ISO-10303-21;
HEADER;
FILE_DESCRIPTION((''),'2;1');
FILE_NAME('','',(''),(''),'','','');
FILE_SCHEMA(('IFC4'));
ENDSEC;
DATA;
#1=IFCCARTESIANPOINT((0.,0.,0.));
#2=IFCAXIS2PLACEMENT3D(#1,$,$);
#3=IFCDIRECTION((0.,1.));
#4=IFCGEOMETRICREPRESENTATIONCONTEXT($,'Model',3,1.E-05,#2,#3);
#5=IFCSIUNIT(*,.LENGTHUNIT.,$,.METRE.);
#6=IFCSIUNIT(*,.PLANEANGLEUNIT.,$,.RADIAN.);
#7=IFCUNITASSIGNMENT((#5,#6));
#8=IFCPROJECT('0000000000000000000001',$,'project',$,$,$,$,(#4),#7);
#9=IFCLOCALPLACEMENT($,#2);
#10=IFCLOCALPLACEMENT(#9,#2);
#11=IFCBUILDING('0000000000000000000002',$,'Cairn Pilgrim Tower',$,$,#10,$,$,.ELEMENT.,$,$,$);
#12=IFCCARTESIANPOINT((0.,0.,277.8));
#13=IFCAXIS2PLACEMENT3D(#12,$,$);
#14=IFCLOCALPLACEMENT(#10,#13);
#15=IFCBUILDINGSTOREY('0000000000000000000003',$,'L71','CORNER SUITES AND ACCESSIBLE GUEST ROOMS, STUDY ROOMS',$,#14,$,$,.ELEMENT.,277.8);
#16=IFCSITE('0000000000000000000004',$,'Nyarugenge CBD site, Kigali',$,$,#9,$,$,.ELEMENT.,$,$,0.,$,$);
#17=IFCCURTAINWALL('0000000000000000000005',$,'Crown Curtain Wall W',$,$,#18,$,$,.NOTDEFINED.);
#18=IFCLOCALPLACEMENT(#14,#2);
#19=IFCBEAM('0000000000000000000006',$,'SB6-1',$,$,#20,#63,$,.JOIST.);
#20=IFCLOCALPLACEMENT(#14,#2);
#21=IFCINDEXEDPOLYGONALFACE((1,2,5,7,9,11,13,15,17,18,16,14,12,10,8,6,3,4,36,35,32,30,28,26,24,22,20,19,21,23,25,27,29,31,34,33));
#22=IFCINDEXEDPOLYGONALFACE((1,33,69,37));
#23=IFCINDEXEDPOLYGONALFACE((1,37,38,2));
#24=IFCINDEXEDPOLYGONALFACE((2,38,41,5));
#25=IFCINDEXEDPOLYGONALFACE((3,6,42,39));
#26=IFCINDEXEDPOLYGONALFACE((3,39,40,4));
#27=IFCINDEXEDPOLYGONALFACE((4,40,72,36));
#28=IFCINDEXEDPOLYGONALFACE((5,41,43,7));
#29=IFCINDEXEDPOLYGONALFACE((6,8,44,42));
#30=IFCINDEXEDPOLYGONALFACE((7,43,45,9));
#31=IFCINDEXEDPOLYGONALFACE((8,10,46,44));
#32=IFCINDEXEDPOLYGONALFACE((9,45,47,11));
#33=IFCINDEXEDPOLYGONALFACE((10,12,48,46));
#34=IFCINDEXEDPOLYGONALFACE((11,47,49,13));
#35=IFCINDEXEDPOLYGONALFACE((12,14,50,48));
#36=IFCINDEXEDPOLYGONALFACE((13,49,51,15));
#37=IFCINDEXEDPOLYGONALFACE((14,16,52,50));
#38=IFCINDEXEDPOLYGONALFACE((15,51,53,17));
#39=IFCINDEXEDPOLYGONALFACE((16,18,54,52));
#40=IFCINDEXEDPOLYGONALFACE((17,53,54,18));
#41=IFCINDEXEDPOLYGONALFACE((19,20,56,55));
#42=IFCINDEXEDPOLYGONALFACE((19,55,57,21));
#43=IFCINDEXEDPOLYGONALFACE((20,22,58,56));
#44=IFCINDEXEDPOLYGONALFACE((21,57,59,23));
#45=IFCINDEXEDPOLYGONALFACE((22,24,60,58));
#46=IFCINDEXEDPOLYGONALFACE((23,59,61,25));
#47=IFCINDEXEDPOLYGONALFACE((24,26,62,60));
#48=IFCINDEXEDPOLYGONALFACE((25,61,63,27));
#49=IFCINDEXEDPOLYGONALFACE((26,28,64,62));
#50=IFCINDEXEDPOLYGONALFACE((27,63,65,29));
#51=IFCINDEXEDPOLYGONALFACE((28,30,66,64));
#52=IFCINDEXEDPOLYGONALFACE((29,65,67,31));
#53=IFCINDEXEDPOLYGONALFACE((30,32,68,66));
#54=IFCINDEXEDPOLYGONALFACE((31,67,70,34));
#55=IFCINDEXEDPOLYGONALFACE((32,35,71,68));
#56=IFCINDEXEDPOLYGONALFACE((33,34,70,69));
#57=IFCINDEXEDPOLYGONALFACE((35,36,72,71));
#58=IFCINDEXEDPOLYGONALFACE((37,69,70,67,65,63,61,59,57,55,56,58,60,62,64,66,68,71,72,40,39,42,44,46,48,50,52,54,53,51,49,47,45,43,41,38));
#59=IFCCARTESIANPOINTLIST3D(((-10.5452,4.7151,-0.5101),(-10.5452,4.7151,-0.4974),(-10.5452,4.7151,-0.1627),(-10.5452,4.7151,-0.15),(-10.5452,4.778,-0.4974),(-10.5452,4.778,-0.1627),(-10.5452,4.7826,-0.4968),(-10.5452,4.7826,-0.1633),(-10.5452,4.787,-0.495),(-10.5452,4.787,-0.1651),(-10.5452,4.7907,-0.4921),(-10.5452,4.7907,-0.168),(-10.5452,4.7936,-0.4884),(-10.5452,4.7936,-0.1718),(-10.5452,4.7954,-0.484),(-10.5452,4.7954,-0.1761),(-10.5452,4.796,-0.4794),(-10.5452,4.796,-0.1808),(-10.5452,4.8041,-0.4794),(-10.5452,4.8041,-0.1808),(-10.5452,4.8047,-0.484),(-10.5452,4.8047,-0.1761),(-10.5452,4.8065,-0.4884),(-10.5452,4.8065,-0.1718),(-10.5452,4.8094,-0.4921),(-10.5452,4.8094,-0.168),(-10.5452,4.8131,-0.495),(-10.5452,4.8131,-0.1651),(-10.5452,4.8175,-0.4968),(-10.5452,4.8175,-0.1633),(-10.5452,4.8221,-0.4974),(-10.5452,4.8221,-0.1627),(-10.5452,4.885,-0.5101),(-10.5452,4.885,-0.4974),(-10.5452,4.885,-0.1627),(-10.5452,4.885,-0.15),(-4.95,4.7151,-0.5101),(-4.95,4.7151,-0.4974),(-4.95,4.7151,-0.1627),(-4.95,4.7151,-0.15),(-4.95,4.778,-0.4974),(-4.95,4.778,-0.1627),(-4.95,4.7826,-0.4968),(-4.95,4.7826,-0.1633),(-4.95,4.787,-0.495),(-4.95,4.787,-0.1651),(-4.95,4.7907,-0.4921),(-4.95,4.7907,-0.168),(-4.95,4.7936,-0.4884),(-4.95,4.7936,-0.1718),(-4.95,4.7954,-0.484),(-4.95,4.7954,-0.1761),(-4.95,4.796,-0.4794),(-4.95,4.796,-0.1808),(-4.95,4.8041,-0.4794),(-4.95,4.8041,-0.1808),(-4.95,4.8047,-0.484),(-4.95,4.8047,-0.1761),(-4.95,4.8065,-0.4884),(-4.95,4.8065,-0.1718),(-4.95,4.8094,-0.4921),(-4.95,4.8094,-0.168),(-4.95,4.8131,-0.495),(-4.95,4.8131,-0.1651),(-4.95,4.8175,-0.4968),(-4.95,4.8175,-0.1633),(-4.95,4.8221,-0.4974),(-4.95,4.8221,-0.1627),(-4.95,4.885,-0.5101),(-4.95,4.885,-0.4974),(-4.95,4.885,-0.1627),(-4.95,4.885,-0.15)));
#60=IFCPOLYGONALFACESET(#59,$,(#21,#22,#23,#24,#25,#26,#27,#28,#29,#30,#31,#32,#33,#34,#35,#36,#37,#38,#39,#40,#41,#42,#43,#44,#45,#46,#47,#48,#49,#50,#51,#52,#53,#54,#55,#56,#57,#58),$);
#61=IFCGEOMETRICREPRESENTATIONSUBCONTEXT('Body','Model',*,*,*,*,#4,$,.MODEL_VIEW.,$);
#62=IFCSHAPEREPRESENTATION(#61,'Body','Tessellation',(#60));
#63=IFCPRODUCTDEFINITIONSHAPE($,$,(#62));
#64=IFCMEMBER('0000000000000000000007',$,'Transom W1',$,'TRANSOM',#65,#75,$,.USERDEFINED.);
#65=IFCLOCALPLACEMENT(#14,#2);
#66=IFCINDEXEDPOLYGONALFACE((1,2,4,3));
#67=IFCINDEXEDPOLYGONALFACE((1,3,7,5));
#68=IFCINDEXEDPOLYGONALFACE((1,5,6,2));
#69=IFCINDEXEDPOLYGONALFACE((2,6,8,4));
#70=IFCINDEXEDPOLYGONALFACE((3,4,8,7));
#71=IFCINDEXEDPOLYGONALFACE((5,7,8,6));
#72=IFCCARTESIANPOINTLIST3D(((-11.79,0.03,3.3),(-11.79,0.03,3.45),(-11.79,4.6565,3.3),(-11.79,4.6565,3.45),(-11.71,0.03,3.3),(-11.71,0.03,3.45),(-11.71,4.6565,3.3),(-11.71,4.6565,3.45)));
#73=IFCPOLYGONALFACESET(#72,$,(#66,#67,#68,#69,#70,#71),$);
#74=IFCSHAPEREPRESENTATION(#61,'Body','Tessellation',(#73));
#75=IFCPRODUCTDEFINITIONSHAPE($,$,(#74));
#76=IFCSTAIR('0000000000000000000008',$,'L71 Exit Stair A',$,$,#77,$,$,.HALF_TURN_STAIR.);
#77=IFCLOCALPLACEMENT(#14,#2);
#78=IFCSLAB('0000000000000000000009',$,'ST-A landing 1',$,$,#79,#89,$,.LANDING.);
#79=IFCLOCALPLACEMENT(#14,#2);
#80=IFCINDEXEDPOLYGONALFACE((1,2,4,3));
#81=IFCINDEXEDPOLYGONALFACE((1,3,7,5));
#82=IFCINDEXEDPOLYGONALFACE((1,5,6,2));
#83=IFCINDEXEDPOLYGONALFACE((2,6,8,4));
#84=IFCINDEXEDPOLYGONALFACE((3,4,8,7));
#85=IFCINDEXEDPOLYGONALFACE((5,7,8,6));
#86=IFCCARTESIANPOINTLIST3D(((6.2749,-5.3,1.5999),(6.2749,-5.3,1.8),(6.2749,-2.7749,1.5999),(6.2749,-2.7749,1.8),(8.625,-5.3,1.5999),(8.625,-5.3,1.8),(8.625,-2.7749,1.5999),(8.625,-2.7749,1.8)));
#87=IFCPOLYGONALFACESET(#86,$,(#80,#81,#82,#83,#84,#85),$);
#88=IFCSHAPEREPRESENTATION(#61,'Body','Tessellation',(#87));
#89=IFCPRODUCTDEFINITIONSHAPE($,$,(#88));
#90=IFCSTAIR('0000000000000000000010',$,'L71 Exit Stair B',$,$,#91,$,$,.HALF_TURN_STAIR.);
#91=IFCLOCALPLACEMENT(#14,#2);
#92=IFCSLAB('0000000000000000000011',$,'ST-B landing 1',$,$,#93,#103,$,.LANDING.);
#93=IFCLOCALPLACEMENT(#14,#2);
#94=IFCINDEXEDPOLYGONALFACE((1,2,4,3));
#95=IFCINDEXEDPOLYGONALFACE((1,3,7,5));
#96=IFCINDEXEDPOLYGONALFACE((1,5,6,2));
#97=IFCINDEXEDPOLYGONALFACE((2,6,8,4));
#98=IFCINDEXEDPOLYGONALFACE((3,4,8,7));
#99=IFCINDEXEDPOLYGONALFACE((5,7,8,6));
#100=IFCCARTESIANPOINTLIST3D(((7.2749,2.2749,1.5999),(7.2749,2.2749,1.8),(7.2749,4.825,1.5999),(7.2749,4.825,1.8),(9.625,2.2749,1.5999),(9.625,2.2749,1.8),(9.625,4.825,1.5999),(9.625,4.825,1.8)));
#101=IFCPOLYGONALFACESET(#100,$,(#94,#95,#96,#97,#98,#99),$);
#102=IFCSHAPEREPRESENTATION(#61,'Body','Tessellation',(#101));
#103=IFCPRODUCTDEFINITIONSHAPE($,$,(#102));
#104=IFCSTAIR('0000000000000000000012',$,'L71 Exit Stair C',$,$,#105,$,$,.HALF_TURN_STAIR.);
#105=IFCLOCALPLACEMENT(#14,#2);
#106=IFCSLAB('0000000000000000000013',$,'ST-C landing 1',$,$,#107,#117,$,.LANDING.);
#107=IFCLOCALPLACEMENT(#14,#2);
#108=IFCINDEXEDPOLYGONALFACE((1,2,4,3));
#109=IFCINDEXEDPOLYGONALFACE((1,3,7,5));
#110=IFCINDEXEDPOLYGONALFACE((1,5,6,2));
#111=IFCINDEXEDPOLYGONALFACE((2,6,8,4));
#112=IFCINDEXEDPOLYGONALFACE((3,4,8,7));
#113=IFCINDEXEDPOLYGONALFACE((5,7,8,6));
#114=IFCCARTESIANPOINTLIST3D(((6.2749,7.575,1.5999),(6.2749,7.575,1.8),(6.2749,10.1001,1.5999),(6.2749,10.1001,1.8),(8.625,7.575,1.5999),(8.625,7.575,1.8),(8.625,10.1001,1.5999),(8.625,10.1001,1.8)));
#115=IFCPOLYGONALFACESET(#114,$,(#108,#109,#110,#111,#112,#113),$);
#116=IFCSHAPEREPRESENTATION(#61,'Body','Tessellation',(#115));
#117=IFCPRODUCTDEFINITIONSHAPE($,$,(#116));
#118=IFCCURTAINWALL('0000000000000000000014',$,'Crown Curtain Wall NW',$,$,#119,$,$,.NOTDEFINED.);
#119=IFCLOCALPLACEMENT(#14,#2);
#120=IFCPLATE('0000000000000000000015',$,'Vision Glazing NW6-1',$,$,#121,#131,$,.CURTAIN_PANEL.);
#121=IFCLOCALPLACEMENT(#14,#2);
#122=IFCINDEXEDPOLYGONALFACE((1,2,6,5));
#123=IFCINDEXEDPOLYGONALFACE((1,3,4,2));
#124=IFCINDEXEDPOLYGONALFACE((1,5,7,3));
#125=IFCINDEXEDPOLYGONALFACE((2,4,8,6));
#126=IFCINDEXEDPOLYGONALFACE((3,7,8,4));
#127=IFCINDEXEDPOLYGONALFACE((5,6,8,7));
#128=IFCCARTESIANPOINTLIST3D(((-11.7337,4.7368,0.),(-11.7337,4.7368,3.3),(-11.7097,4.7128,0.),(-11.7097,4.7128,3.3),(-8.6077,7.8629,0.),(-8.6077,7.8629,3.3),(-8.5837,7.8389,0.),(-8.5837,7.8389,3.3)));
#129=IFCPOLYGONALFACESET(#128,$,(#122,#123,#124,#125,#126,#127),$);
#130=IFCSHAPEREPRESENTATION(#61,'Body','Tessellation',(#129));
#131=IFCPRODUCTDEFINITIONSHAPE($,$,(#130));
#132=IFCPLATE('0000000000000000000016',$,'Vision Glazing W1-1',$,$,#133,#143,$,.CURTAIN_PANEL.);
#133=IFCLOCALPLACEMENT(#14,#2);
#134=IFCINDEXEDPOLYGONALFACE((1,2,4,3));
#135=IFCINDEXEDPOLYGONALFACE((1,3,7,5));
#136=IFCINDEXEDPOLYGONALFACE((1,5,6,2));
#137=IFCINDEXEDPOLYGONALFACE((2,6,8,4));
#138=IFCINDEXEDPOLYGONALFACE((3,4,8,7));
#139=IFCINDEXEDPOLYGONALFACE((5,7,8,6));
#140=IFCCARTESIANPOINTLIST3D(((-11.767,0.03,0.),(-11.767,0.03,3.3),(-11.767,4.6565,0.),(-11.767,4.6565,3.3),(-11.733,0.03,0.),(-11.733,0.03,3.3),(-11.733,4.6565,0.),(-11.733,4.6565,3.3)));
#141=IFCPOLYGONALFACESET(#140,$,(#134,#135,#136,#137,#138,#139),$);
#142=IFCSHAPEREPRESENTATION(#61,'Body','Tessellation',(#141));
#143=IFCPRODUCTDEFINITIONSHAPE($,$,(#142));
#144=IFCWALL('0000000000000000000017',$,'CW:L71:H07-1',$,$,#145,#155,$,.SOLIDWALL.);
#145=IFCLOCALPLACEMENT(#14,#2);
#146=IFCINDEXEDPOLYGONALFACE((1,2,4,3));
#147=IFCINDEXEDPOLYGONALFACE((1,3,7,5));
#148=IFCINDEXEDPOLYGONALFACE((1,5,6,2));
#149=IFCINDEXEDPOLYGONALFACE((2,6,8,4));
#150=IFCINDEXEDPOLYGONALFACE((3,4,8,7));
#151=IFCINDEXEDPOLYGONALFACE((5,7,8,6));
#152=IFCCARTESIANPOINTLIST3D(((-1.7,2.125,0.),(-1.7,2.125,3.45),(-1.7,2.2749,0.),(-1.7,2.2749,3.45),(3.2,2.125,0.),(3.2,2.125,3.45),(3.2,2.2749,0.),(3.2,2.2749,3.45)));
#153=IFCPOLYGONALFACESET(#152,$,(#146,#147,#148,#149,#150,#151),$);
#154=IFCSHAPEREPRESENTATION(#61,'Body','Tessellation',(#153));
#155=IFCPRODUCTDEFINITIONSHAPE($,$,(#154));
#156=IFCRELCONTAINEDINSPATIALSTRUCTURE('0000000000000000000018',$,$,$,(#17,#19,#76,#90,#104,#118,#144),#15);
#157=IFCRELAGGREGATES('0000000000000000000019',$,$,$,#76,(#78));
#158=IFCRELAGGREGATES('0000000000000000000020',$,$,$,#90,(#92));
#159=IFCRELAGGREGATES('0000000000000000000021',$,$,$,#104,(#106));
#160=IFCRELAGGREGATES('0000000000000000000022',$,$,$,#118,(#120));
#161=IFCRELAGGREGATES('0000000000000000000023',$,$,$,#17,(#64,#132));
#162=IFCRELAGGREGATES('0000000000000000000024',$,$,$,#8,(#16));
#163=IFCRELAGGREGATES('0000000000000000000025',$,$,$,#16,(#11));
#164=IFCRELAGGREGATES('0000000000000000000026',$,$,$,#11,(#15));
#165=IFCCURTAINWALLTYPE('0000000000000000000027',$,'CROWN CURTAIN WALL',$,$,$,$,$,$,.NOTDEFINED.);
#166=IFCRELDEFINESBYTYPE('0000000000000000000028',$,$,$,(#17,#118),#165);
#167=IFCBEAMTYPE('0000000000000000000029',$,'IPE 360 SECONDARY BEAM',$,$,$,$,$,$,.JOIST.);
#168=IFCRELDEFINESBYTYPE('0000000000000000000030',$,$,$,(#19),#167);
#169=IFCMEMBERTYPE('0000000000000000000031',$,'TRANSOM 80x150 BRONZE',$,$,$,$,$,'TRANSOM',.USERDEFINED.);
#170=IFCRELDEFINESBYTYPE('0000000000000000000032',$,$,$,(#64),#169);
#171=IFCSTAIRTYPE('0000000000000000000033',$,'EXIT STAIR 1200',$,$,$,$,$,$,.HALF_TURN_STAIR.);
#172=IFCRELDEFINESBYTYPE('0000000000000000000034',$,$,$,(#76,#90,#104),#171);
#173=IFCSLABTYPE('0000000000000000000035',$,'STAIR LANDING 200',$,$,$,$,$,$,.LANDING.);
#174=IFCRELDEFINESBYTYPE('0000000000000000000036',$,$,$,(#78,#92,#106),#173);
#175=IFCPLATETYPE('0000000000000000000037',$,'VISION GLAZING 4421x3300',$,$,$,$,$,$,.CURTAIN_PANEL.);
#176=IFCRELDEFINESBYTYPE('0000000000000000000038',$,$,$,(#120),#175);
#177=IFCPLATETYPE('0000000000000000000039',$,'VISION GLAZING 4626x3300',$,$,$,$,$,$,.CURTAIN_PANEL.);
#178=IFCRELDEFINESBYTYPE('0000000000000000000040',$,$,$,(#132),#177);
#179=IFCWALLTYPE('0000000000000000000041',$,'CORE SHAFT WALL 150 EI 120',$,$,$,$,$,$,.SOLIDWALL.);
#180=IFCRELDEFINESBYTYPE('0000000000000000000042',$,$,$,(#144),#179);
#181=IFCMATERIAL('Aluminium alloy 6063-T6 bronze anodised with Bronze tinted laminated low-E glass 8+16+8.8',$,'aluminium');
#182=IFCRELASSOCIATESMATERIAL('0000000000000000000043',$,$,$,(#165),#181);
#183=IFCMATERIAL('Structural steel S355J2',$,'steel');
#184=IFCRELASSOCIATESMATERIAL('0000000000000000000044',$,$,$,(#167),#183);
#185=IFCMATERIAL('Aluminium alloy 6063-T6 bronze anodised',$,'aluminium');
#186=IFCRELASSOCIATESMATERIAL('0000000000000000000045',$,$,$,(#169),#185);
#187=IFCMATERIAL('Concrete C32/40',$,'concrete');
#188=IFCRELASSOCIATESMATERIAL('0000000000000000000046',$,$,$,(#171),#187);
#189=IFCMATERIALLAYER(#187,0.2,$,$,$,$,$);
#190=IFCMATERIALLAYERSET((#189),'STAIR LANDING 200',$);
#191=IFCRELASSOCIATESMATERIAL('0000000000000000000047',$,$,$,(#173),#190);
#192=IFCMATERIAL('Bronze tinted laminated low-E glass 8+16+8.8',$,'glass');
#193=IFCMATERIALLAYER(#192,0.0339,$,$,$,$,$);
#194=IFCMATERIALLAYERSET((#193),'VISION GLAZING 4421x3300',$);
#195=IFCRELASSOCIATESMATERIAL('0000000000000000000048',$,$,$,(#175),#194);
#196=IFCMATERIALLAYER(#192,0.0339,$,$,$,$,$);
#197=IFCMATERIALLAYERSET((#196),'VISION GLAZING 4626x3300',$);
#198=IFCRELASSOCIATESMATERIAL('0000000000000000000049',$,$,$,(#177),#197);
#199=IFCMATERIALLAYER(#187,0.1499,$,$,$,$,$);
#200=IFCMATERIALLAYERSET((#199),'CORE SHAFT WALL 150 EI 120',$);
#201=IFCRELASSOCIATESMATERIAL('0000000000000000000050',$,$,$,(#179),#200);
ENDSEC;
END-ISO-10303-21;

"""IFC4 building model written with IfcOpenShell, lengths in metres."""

from ifc_helpers import new_model, si_unit, direction, frame, frame_2d, origin, origin_2d, place, context, subcontext, project, spatial, polyline, rectangle, i_section, outline, extrude, material, layer, layer_set, material_profile, profile_set, type_object, element, aggregate, save


model = new_model("IFC4")

# Units and contexts
model_context = context("Model", 3, precision=1e-05, world=origin(), true_north=direction((0.0, 1.0)))
body_context = subcontext(model_context, "Body", "Model", "MODEL_VIEW")
ifc_project = project(units=[si_unit("LENGTHUNIT", "METRE"), si_unit("PLANEANGLEUNIT", "RADIAN")], contexts=[model_context])

# Site, building, storey
site_placement = place(None, origin())
site = spatial("IfcSite", under=ifc_project, at=site_placement, Name="Nyarugenge CBD site, Kigali", CompositionType="ELEMENT", RefElevation=0.0)
building_placement = place(site_placement, origin())
building = spatial("IfcBuilding", under=site, at=building_placement, Name="Cairn Pilgrim Tower", CompositionType="ELEMENT")
storey_placement = place(building_placement, frame((0.0, 0.0, 277.8)))
storey = spatial("IfcBuildingStorey", under=building, at=storey_placement, Name="L71", Description="CORNER SUITES AND ACCESSIBLE GUEST ROOMS, STUDY ROOMS", CompositionType="ELEMENT", Elevation=277.8)

# Shared definitions
ifc_material_1 = material(Name="Structural steel S355J2", Category="steel")

# Curtain wall
ifc_material_2 = material(Name="Aluminium alloy 6063-T6 bronze anodised with Bronze tinted laminated low-E glass 8+16+8.8", Category="aluminium")
curtain_wall_type = type_object("IfcCurtainWallType", Name="CROWN CURTAIN WALL", PredefinedType="NOTDEFINED", material=ifc_material_2)
curtain_wall_1_placement = place(storey_placement, origin())
curtain_wall_1 = element("IfcCurtainWall", 1, at=curtain_wall_1_placement, inside=storey, type_object=curtain_wall_type, Name="Crown Curtain Wall W", PredefinedType="NOTDEFINED")
ifc_material_3 = material(Name="Aluminium alloy 6063-T6 bronze anodised", Category="aluminium")

# Beam
ifc_material_profile_1 = material_profile(ifc_material_1, i_section(OverallWidth=0.1699, OverallDepth=0.3601, WebThickness=0.0081, FlangeThickness=0.0127, FilletRadius=0.0181, at=origin_2d()), Name="IPE 360")
ifc_profile_set_1 = profile_set([ifc_material_profile_1], Name="Structural steel S355J2")
beam_type_1 = type_object("IfcBeamType", Name="IPE 360 SECONDARY BEAM", PredefinedType="JOIST", material=ifc_profile_set_1)
beam_1_placement = place(storey_placement, frame((-10.5452, 4.8, -0.3301), z_axis=(1.0, 0.0, 0.0), x_axis=(0.0, 1.0, 0.0)))
element("IfcBeam", 2, at=beam_1_placement, inside=storey, type_object=beam_type_1, Name="SB6-1", PredefinedType="JOIST", context=body_context, shape_type="SweptSolid", body=[
    extrude(i_section(OverallWidth=0.1699, OverallDepth=0.3601, WebThickness=0.0081, FlangeThickness=0.0127, FilletRadius=0.0181, at=origin_2d()), origin(), (0.0, 0.0, 1.0), 5.5952),
])

# Member
ifc_material_profile_2 = material_profile(ifc_material_3, rectangle(XDim=0.0801, YDim=0.1499, at=origin_2d()), Name="TRANSOM 80x150 BRONZE")
ifc_profile_set_2 = profile_set([ifc_material_profile_2], Name="Aluminium alloy 6063-T6 bronze anodised")
member_type_1 = type_object("IfcMemberType", Name="TRANSOM 80x150 BRONZE", ElementType="TRANSOM", PredefinedType="USERDEFINED", material=ifc_profile_set_2)
member_1_placement = place(storey_placement, frame((-11.75, 4.6565, 3.375), z_axis=(0.0, -1.0, 0.0), x_axis=(1.0, 0.0, 0.0)))
member_1 = element("IfcMember", 3, at=member_1_placement, type_object=member_type_1, Name="Transom W1", ObjectType="TRANSOM", PredefinedType="USERDEFINED", context=body_context, shape_type="SweptSolid", body=[
    extrude(rectangle(XDim=0.0801, YDim=0.1499, at=origin_2d()), origin(), (0.0, 0.0, 1.0), 4.6265),
])

# Stairs, slabs
ifc_material_4 = material(Name="Concrete C32/40", Category="concrete")
stair_type = type_object("IfcStairType", Name="EXIT STAIR 1200", PredefinedType="HALF_TURN_STAIR", material=ifc_material_4)
stair_1_placement = place(storey_placement, origin())
stair_1 = element("IfcStair", 4, at=stair_1_placement, inside=storey, type_object=stair_type, Name="L71 Exit Stair A", PredefinedType="HALF_TURN_STAIR")
ifc_layer_1 = layer(ifc_material_4, 0.2)
ifc_layer_set_1 = layer_set([ifc_layer_1], Name="STAIR LANDING 200")
slab_type = type_object("IfcSlabType", Name="STAIR LANDING 200", PredefinedType="LANDING", material=ifc_layer_set_1)
slab_1_placement = place(storey_placement, frame((0.0, 0.0, 1.5999)))
slab_1 = element("IfcSlab", 5, at=slab_1_placement, type_object=slab_type, Name="ST-A landing 1", PredefinedType="LANDING", context=body_context, shape_type="SweptSolid", body=[
    extrude(outline(polyline([(8.625, -2.7749), (6.2749, -2.7749), (6.2749, -5.3), (8.625, -5.3), (8.625, -2.7749)])), origin(), (0.0, 0.0, 1.0), 0.2002),
])
aggregate(stair_1, [slab_1])
stair_2_placement = place(storey_placement, origin())
stair_2 = element("IfcStair", 6, at=stair_2_placement, inside=storey, type_object=stair_type, Name="L71 Exit Stair B", PredefinedType="HALF_TURN_STAIR")
slab_2_placement = place(storey_placement, frame((0.0, 0.0, 1.5999)))
slab_2 = element("IfcSlab", 7, at=slab_2_placement, type_object=slab_type, Name="ST-B landing 1", PredefinedType="LANDING", context=body_context, shape_type="SweptSolid", body=[
    extrude(outline(polyline([(7.2749, 2.2749), (9.625, 2.2749), (9.625, 4.825), (7.2749, 4.825), (7.2749, 2.2749)])), origin(), (0.0, 0.0, 1.0), 0.2002),
])
aggregate(stair_2, [slab_2])
stair_3_placement = place(storey_placement, origin())
stair_3 = element("IfcStair", 8, at=stair_3_placement, inside=storey, type_object=stair_type, Name="L71 Exit Stair C", PredefinedType="HALF_TURN_STAIR")
slab_3_placement = place(storey_placement, frame((0.0, 0.0, 1.5999)))
slab_3 = element("IfcSlab", 9, at=slab_3_placement, type_object=slab_type, Name="ST-C landing 1", PredefinedType="LANDING", context=body_context, shape_type="SweptSolid", body=[
    extrude(outline(polyline([(8.625, 10.1001), (6.2749, 10.1001), (6.2749, 7.575), (8.625, 7.575), (8.625, 10.1001)])), origin(), (0.0, 0.0, 1.0), 0.2002),
])
aggregate(stair_3, [slab_3])

# Curtain wall, plate
curtain_wall_2_placement = place(storey_placement, origin())
curtain_wall_2 = element("IfcCurtainWall", 10, at=curtain_wall_2_placement, inside=storey, type_object=curtain_wall_type, Name="Crown Curtain Wall NW", PredefinedType="NOTDEFINED")
ifc_material_5 = material(Name="Bronze tinted laminated low-E glass 8+16+8.8", Category="glass")
ifc_layer_2 = layer(ifc_material_5, 0.0339)
ifc_layer_set_2 = layer_set([ifc_layer_2], Name="VISION GLAZING 4421x3300")
plate_type_1 = type_object("IfcPlateType", Name="VISION GLAZING 4421x3300", PredefinedType="CURTAIN_PANEL", material=ifc_layer_set_2)
plate_1_placement = place(storey_placement, frame((-10.1587, 6.2878, 0.0), z_axis=(0.0, 0.0, 1.0), x_axis=(-0.707107, -0.707107, 0.0)))
plate_1 = element("IfcPlate", 11, at=plate_1_placement, type_object=plate_type_1, Name="Vision Glazing NW6-1", PredefinedType="CURTAIN_PANEL", context=body_context, shape_type="SweptSolid", body=[
    extrude(rectangle(XDim=4.4209, YDim=0.0339, at=origin_2d()), origin(), (0.0, 0.0, 1.0), 3.3),
])
aggregate(curtain_wall_2, [plate_1])

# Plate
ifc_layer_3 = layer(ifc_material_5, 0.0339)
ifc_layer_set_3 = layer_set([ifc_layer_3], Name="VISION GLAZING 4626x3300")
plate_type_2 = type_object("IfcPlateType", Name="VISION GLAZING 4626x3300", PredefinedType="CURTAIN_PANEL", material=ifc_layer_set_3)
plate_2_placement = place(storey_placement, frame((-11.75, 2.3433, 0.0), z_axis=(0.0, 0.0, 1.0), x_axis=(0.0, -1.0, 0.0)))
plate_2 = element("IfcPlate", 12, at=plate_2_placement, type_object=plate_type_2, Name="Vision Glazing W1-1", PredefinedType="CURTAIN_PANEL", context=body_context, shape_type="SweptSolid", body=[
    extrude(rectangle(XDim=4.6265, YDim=0.0339, at=origin_2d()), origin(), (0.0, 0.0, 1.0), 3.3),
])
aggregate(curtain_wall_1, [member_1, plate_2])

# Wall
ifc_layer_4 = layer(ifc_material_4, 0.1499)
ifc_layer_set_4 = layer_set([ifc_layer_4], Name="CORE SHAFT WALL 150 EI 120")
wall_type_1 = type_object("IfcWallType", Name="CORE SHAFT WALL 150 EI 120", PredefinedType="SOLIDWALL", material=ifc_layer_set_4)
wall_1_placement = place(storey_placement, frame((-1.7, 2.2, 0.0), z_axis=(0.0, 0.0, 1.0), x_axis=(1.0, 0.0, 0.0)))
element("IfcWall", 13, at=wall_1_placement, inside=storey, type_object=wall_type_1, Name="CW:L71:H07-1", PredefinedType="SOLIDWALL", context=body_context, shape_type="SweptSolid", body=[
    extrude(rectangle(XDim=4.8999, YDim=0.1499, at=frame_2d((2.45, 0.0))), origin(), (0.0, 0.0, 1.0), 3.45),
])

save(model, "model.ifc")
